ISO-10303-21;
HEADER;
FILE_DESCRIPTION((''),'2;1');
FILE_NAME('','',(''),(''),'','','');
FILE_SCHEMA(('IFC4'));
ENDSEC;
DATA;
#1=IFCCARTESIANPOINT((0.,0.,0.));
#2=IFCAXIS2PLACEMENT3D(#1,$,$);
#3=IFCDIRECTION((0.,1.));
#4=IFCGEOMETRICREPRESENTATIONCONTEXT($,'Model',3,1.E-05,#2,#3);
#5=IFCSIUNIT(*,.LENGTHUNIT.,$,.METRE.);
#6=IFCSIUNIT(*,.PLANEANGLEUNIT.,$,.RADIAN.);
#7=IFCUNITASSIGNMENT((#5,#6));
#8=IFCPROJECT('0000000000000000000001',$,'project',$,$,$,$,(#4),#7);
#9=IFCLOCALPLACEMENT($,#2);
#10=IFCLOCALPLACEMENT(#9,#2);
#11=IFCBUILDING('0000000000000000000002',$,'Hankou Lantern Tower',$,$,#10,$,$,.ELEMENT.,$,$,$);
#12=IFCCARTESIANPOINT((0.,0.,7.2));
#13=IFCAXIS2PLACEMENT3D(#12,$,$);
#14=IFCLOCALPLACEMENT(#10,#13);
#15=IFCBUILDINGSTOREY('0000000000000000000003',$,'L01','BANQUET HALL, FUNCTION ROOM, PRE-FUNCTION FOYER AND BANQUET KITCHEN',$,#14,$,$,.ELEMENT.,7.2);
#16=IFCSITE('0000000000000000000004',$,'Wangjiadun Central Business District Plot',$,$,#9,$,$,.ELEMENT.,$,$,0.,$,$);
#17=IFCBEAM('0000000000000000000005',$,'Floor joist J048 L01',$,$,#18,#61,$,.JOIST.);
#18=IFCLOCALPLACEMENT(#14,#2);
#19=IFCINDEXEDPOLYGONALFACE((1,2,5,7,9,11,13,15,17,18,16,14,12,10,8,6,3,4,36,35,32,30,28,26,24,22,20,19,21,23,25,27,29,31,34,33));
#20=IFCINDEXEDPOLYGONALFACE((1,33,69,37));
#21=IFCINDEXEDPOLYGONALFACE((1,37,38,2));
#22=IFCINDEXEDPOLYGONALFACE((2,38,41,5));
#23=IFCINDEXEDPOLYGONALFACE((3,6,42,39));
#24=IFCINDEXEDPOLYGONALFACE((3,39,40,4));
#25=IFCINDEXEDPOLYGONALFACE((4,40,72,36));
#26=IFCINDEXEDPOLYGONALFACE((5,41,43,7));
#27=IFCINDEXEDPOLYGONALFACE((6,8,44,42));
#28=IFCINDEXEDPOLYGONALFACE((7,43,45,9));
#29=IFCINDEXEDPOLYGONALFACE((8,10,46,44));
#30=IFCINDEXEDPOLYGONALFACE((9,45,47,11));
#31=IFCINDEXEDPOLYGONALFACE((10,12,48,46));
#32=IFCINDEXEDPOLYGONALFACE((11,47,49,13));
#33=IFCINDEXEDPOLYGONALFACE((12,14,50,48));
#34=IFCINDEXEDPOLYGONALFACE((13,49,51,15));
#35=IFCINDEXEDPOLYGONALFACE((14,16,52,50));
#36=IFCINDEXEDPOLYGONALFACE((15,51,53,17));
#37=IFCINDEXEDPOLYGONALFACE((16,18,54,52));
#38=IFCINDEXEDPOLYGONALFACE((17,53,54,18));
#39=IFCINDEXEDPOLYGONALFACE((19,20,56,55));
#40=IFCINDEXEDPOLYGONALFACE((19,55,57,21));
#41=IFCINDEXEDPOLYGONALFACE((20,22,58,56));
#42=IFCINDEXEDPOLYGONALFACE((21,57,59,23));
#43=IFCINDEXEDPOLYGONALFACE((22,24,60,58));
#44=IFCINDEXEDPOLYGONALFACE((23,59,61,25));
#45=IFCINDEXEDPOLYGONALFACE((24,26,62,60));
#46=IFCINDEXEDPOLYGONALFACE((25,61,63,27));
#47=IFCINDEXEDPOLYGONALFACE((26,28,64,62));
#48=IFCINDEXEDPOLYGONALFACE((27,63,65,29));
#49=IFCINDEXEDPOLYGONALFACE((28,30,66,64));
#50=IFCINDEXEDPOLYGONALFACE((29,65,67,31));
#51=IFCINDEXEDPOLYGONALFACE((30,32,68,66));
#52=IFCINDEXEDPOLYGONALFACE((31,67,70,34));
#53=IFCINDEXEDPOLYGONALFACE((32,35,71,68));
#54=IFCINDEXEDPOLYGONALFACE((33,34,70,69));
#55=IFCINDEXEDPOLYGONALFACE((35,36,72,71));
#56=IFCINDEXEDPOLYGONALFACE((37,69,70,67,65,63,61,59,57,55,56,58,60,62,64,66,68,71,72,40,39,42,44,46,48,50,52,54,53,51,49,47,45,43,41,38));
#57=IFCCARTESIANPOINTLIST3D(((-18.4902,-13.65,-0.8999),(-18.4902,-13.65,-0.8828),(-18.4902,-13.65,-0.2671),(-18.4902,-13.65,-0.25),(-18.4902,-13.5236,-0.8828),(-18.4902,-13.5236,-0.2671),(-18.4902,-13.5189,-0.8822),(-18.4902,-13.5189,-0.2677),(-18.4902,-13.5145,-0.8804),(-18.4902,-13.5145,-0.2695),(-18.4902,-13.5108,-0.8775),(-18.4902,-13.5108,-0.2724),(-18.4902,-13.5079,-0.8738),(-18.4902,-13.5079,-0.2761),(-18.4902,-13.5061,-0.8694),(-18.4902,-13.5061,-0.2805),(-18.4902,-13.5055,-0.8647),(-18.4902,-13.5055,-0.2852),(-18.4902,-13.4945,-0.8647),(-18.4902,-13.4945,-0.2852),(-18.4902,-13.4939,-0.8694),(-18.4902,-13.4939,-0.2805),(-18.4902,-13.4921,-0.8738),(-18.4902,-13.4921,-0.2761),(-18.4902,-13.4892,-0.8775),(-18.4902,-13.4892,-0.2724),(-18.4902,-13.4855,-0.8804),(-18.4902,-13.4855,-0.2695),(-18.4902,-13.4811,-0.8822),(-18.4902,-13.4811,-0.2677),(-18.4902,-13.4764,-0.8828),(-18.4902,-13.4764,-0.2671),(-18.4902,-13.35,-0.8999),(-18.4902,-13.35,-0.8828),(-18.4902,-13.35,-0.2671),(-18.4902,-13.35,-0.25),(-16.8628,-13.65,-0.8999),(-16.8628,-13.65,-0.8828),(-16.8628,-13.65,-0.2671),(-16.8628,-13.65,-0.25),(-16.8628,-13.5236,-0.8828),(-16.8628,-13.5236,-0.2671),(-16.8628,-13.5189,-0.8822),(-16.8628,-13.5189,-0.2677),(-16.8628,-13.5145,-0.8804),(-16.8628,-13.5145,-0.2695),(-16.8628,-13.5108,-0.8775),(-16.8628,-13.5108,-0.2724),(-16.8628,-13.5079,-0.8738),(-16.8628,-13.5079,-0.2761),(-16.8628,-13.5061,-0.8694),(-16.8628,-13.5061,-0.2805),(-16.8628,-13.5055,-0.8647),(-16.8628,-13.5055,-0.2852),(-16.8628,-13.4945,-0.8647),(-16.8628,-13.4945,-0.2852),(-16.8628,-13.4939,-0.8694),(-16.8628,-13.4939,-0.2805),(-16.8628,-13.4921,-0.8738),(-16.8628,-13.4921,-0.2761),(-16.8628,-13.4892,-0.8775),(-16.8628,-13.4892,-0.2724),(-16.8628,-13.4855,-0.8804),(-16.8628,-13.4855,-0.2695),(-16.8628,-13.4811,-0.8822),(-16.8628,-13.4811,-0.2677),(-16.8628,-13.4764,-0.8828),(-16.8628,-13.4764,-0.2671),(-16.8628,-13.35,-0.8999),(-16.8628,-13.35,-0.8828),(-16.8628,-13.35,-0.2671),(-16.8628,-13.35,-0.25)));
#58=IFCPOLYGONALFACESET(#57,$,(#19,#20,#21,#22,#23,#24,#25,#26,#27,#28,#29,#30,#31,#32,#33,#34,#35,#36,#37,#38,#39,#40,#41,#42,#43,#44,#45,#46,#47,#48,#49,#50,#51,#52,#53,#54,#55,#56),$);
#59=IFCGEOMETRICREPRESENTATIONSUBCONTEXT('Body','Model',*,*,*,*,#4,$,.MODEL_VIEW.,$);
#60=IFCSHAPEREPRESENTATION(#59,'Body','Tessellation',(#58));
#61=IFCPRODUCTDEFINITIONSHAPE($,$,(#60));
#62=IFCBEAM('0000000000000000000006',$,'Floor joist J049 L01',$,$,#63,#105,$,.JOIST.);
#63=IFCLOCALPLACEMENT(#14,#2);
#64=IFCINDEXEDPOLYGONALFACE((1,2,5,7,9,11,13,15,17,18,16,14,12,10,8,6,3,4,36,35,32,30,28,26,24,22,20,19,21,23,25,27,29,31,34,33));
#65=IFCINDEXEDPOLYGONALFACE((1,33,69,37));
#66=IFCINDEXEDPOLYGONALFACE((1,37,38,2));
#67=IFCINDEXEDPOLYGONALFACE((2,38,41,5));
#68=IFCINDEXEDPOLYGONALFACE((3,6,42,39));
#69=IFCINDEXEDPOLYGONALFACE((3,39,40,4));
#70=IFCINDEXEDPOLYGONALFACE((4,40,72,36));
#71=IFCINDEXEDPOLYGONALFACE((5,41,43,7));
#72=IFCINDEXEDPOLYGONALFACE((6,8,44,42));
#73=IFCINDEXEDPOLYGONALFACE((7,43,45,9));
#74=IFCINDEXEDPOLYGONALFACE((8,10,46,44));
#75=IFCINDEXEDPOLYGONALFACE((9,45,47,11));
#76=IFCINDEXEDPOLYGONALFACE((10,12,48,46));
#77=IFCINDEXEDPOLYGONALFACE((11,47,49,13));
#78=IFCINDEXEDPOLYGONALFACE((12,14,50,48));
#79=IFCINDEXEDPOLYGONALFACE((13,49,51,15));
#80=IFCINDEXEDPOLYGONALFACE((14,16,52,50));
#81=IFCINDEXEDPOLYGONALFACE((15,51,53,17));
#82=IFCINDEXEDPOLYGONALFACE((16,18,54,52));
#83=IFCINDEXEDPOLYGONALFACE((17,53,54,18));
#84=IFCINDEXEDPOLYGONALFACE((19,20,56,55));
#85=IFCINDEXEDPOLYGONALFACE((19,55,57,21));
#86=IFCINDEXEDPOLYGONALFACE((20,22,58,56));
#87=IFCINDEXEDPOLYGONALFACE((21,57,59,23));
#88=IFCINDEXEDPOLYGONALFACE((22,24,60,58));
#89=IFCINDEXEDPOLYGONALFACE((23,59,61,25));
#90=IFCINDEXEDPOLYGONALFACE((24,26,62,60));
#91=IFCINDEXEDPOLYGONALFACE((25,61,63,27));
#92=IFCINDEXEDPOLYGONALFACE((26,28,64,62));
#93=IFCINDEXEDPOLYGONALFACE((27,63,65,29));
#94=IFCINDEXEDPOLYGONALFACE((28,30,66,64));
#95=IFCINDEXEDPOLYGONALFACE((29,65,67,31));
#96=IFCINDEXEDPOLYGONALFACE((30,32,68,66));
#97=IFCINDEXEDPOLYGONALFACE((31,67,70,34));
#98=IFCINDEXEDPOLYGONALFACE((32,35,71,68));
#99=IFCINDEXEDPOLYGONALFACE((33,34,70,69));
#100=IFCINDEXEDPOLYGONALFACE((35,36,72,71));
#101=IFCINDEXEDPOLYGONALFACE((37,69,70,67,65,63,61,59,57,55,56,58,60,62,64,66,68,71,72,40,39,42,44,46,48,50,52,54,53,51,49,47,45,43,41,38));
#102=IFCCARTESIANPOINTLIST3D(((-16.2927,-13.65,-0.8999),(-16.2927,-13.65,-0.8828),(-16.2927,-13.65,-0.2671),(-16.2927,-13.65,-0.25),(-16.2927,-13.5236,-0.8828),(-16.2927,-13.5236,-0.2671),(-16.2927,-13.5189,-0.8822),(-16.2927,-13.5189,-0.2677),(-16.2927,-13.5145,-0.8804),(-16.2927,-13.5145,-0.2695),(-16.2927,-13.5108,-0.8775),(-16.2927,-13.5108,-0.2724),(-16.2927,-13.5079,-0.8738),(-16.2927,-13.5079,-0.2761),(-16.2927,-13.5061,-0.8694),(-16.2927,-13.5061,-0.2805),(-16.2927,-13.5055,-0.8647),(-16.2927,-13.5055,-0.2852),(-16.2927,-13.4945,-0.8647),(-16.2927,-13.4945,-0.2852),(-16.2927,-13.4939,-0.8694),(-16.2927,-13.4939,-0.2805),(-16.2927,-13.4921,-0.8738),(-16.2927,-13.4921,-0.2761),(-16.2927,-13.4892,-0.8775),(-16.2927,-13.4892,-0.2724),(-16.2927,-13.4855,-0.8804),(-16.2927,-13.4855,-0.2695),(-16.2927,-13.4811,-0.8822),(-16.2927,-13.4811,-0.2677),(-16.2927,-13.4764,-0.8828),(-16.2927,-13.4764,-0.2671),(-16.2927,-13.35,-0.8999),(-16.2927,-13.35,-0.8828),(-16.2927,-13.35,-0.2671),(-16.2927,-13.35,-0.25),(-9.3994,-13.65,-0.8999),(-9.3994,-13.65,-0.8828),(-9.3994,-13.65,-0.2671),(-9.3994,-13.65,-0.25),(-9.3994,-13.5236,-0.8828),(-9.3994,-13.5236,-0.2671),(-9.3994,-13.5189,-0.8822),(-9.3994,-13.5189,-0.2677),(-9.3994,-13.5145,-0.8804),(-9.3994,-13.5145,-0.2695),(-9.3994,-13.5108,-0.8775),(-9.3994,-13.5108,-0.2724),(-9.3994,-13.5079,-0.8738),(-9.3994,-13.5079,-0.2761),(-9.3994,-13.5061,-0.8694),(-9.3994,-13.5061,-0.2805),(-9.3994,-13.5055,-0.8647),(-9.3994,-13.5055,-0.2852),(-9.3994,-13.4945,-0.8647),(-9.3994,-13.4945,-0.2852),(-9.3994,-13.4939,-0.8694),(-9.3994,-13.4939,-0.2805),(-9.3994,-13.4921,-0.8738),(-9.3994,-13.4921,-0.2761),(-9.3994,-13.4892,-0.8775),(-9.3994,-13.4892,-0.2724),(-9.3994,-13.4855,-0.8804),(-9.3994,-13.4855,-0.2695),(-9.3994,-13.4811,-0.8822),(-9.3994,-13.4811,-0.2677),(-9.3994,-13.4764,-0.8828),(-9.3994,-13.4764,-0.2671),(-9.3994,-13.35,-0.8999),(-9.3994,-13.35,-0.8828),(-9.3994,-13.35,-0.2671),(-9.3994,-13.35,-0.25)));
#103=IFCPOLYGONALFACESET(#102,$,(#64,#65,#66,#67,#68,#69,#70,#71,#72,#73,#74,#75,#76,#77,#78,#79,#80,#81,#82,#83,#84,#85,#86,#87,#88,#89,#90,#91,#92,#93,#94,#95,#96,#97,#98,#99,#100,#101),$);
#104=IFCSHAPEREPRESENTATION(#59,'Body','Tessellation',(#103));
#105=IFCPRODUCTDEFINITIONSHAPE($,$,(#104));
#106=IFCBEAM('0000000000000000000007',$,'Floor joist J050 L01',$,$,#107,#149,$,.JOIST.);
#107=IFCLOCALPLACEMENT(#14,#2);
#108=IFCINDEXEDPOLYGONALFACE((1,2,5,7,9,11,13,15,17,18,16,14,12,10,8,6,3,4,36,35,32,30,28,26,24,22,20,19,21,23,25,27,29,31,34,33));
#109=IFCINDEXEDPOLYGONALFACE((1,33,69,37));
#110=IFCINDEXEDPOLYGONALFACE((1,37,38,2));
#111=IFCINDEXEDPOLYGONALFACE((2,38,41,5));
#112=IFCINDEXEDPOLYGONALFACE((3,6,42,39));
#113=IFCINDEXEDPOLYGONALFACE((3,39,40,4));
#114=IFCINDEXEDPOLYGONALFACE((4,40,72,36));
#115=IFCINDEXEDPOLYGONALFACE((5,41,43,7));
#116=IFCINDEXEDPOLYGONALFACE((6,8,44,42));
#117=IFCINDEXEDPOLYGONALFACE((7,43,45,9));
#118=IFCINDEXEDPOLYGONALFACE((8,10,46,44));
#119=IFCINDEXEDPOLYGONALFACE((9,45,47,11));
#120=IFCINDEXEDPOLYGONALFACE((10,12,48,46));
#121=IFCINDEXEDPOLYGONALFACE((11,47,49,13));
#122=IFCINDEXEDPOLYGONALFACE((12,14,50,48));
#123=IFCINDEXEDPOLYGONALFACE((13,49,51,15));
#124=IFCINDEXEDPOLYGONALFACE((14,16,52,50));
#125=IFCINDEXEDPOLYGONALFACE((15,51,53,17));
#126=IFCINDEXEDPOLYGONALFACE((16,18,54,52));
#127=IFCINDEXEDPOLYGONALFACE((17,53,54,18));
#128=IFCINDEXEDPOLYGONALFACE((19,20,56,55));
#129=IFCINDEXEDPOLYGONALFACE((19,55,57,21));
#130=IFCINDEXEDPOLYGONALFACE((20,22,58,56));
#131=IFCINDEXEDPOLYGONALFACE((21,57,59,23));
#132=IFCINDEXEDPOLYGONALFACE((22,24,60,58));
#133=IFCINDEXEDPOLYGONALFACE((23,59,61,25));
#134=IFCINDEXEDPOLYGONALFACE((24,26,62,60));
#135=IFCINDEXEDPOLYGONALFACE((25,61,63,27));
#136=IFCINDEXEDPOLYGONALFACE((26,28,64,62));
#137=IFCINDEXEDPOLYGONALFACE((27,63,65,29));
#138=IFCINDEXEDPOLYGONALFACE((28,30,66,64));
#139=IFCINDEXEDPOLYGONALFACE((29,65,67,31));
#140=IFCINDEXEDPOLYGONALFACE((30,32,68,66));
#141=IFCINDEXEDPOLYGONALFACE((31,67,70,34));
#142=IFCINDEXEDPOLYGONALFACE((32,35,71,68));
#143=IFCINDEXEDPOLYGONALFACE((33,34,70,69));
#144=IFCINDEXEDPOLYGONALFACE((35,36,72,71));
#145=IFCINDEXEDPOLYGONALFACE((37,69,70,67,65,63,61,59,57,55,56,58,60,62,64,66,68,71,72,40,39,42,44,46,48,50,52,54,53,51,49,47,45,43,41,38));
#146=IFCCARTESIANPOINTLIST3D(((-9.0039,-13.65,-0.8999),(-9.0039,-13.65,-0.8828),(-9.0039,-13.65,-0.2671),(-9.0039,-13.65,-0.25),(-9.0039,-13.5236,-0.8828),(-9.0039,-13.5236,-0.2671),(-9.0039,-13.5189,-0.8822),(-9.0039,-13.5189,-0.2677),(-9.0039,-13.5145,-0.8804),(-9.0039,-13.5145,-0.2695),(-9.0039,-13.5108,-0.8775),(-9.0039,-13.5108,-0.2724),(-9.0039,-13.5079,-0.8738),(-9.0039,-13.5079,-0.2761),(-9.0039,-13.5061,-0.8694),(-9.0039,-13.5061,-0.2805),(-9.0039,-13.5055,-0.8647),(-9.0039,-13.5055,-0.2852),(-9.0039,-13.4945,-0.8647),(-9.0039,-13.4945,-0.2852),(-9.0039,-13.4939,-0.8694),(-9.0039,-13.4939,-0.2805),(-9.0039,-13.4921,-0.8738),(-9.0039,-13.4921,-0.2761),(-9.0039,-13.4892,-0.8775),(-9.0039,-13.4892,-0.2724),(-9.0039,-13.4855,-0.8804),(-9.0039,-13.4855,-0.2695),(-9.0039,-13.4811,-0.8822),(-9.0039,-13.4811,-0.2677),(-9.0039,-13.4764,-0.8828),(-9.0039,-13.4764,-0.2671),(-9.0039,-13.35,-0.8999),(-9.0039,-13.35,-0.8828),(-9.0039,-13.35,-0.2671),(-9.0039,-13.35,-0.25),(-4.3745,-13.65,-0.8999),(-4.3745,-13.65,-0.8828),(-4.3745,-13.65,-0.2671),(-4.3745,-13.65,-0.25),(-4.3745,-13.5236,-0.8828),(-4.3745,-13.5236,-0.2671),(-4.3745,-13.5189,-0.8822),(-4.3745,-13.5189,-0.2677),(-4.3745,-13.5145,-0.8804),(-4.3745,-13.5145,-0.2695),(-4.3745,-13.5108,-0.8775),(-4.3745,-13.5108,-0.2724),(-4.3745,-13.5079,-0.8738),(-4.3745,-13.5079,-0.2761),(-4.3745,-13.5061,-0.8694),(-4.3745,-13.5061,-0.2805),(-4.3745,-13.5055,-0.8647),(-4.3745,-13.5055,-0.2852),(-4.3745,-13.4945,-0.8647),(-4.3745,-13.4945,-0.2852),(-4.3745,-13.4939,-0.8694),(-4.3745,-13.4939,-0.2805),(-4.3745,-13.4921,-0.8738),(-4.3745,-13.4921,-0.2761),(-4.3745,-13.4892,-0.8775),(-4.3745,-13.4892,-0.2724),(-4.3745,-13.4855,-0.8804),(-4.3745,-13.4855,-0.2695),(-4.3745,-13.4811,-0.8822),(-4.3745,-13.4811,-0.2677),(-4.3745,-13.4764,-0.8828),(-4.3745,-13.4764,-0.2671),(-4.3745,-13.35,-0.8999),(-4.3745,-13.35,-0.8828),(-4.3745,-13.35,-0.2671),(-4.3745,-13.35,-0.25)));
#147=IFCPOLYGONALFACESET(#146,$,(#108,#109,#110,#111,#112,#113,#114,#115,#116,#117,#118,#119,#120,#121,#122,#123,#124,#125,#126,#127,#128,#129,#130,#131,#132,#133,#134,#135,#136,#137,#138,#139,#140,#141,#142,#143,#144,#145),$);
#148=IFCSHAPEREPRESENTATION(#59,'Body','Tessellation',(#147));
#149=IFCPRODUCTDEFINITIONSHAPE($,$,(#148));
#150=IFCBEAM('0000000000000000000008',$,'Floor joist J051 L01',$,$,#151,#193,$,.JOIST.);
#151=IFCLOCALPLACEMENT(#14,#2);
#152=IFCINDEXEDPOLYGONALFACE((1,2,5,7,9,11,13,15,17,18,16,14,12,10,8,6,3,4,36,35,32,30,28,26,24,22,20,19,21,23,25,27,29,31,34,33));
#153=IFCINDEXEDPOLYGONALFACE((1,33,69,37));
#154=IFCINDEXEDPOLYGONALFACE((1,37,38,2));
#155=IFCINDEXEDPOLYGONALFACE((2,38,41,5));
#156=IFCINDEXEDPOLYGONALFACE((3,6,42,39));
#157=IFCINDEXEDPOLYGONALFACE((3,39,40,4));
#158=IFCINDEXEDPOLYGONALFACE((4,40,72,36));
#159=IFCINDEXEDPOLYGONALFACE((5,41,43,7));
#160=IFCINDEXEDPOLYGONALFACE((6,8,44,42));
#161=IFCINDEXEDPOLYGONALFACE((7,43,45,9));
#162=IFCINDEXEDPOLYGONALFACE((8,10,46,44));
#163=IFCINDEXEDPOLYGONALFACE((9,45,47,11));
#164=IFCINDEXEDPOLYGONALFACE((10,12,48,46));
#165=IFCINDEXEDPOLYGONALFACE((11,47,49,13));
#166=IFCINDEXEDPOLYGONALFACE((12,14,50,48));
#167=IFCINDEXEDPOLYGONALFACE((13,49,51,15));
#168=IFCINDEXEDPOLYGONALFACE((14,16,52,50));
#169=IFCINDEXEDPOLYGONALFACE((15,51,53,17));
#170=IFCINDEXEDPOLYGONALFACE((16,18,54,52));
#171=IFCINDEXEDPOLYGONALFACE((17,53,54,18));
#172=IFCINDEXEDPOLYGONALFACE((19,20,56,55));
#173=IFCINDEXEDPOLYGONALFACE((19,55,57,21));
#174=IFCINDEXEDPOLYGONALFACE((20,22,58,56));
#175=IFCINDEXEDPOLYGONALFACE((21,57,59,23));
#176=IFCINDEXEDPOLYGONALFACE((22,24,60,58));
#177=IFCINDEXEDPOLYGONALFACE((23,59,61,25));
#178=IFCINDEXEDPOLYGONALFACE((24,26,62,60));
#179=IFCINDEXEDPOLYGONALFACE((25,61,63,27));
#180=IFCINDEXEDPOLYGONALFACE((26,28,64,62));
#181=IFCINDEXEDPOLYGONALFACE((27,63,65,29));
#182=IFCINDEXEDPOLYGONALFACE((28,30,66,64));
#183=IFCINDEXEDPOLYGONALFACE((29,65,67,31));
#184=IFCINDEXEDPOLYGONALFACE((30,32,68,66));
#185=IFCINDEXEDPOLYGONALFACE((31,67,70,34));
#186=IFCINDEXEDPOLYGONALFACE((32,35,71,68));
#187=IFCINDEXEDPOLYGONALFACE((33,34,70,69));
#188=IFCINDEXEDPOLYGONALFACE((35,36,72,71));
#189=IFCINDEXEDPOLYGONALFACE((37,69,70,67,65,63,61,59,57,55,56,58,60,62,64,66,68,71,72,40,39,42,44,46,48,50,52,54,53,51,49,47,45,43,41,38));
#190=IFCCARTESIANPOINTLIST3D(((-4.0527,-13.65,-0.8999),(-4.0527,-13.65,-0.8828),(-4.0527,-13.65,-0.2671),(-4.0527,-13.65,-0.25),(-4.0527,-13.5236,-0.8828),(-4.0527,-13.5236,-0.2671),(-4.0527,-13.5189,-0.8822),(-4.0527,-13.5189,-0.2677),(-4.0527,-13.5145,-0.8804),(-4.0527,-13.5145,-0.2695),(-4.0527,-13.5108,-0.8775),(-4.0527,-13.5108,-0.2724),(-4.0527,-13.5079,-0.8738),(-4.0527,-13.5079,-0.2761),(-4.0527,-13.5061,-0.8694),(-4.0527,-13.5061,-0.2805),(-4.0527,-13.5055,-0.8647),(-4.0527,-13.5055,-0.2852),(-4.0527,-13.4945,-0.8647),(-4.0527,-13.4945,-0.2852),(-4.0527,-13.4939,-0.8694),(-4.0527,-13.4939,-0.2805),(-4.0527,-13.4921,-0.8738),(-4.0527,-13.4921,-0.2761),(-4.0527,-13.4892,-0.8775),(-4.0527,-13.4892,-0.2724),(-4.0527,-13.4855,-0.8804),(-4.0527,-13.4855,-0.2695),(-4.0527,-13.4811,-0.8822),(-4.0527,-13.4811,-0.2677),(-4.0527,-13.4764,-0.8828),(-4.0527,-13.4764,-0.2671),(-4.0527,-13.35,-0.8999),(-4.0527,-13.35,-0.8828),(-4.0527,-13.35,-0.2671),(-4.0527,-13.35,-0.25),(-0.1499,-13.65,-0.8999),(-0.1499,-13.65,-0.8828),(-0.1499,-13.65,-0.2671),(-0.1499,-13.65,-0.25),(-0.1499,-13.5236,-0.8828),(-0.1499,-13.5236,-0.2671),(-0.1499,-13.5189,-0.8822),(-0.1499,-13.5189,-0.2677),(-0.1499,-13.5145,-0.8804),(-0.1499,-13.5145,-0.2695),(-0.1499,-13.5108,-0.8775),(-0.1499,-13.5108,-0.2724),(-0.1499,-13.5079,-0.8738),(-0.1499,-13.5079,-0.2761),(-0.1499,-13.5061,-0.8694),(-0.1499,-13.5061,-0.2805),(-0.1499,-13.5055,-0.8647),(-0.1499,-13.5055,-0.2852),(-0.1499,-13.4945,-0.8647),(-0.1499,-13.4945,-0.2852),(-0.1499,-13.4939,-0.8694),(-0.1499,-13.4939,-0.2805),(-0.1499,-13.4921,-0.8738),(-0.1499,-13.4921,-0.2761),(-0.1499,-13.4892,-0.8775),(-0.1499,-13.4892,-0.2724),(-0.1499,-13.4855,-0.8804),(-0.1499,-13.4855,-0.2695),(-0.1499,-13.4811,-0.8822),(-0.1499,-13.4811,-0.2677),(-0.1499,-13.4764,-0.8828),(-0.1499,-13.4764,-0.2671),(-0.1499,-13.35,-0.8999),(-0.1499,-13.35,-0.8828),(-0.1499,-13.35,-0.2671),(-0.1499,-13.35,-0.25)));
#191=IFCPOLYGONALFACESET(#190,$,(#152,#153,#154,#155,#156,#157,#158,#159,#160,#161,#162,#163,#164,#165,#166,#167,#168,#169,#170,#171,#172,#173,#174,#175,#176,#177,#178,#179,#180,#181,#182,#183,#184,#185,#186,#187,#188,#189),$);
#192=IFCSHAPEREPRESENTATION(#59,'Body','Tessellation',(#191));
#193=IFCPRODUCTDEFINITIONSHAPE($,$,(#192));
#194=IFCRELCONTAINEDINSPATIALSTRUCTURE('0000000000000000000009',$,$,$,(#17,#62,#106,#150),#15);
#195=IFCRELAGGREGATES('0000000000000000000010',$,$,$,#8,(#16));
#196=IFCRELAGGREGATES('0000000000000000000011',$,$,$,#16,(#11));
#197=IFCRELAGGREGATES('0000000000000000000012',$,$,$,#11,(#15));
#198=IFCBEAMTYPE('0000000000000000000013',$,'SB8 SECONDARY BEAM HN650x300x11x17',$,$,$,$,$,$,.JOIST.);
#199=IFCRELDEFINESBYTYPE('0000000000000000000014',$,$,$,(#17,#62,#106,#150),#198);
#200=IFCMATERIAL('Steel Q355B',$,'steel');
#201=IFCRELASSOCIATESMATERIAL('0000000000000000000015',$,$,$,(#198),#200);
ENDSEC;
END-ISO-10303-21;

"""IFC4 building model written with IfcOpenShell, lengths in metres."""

from ifc_helpers import new_model, si_unit, direction, frame, origin, origin_2d, place, context, subcontext, project, spatial, i_section, extrude, material, material_profile, profile_set, type_object, element, save


model = new_model("IFC4")

# Units and contexts
model_context = context("Model", 3, precision=1e-05, world=origin(), true_north=direction((0.0, 1.0)))
body_context = subcontext(model_context, "Body", "Model", "MODEL_VIEW")
ifc_project = project(units=[si_unit("LENGTHUNIT", "METRE"), si_unit("PLANEANGLEUNIT", "RADIAN")], contexts=[model_context])

# Site, building, storey
site_placement = place(None, origin())
site = spatial("IfcSite", under=ifc_project, at=site_placement, Name="Wangjiadun Central Business District Plot", CompositionType="ELEMENT", RefElevation=0.0)
building_placement = place(site_placement, origin())
building = spatial("IfcBuilding", under=site, at=building_placement, Name="Hankou Lantern Tower", CompositionType="ELEMENT")
storey_placement = place(building_placement, frame((0.0, 0.0, 7.2)))
storey = spatial("IfcBuildingStorey", under=building, at=storey_placement, Name="L01", Description="BANQUET HALL, FUNCTION ROOM, PRE-FUNCTION FOYER AND BANQUET KITCHEN", CompositionType="ELEMENT", Elevation=7.2)

# Beams
ifc_material_1 = material(Name="Steel Q355B", Category="steel")
ifc_material_profile_1 = material_profile(ifc_material_1, i_section(OverallWidth=0.3, OverallDepth=0.6499, WebThickness=0.011, FlangeThickness=0.0171, FilletRadius=0.0181, at=origin_2d()), Name="HN650x300x11x17")
ifc_profile_set_1 = profile_set([ifc_material_profile_1], Name="Steel Q355B")
beam_type_1 = type_object("IfcBeamType", Name="SB8 SECONDARY BEAM HN650x300x11x17", PredefinedType="JOIST", material=ifc_profile_set_1)
beam_1_placement = place(storey_placement, frame((-18.4902, -13.5, -0.575), z_axis=(1.0, 0.0, 0.0), x_axis=(0.0, 1.0, 0.0)))
element("IfcBeam", 1, at=beam_1_placement, inside=storey, type_object=beam_type_1, Name="Floor joist J048 L01", PredefinedType="JOIST", context=body_context, shape_type="SweptSolid", body=[
    extrude(i_section(OverallWidth=0.3, OverallDepth=0.6499, WebThickness=0.011, FlangeThickness=0.0171, FilletRadius=0.0181, at=origin_2d()), origin(), (0.0, 0.0, 1.0), 1.6274),
])
beam_2_placement = place(storey_placement, frame((-16.2927, -13.5, -0.575), z_axis=(1.0, 0.0, 0.0), x_axis=(0.0, 1.0, 0.0)))
element("IfcBeam", 2, at=beam_2_placement, inside=storey, type_object=beam_type_1, Name="Floor joist J049 L01", PredefinedType="JOIST", context=body_context, shape_type="SweptSolid", body=[
    extrude(i_section(OverallWidth=0.3, OverallDepth=0.6499, WebThickness=0.011, FlangeThickness=0.0171, FilletRadius=0.0181, at=origin_2d()), origin(), (0.0, 0.0, 1.0), 6.8933),
])
beam_3_placement = place(storey_placement, frame((-9.0039, -13.5, -0.575), z_axis=(1.0, 0.0, 0.0), x_axis=(0.0, 1.0, 0.0)))
element("IfcBeam", 3, at=beam_3_placement, inside=storey, type_object=beam_type_1, Name="Floor joist J050 L01", PredefinedType="JOIST", context=body_context, shape_type="SweptSolid", body=[
    extrude(i_section(OverallWidth=0.3, OverallDepth=0.6499, WebThickness=0.011, FlangeThickness=0.0171, FilletRadius=0.0181, at=origin_2d()), origin(), (0.0, 0.0, 1.0), 4.6294),
])
beam_4_placement = place(storey_placement, frame((-4.0527, -13.5, -0.575), z_axis=(1.0, 0.0, 0.0), x_axis=(0.0, 1.0, 0.0)))
element("IfcBeam", 4, at=beam_4_placement, inside=storey, type_object=beam_type_1, Name="Floor joist J051 L01", PredefinedType="JOIST", context=body_context, shape_type="SweptSolid", body=[
    extrude(i_section(OverallWidth=0.3, OverallDepth=0.6499, WebThickness=0.011, FlangeThickness=0.0171, FilletRadius=0.0181, at=origin_2d()), origin(), (0.0, 0.0, 1.0), 3.9028),
])

save(model, "model.ifc")
